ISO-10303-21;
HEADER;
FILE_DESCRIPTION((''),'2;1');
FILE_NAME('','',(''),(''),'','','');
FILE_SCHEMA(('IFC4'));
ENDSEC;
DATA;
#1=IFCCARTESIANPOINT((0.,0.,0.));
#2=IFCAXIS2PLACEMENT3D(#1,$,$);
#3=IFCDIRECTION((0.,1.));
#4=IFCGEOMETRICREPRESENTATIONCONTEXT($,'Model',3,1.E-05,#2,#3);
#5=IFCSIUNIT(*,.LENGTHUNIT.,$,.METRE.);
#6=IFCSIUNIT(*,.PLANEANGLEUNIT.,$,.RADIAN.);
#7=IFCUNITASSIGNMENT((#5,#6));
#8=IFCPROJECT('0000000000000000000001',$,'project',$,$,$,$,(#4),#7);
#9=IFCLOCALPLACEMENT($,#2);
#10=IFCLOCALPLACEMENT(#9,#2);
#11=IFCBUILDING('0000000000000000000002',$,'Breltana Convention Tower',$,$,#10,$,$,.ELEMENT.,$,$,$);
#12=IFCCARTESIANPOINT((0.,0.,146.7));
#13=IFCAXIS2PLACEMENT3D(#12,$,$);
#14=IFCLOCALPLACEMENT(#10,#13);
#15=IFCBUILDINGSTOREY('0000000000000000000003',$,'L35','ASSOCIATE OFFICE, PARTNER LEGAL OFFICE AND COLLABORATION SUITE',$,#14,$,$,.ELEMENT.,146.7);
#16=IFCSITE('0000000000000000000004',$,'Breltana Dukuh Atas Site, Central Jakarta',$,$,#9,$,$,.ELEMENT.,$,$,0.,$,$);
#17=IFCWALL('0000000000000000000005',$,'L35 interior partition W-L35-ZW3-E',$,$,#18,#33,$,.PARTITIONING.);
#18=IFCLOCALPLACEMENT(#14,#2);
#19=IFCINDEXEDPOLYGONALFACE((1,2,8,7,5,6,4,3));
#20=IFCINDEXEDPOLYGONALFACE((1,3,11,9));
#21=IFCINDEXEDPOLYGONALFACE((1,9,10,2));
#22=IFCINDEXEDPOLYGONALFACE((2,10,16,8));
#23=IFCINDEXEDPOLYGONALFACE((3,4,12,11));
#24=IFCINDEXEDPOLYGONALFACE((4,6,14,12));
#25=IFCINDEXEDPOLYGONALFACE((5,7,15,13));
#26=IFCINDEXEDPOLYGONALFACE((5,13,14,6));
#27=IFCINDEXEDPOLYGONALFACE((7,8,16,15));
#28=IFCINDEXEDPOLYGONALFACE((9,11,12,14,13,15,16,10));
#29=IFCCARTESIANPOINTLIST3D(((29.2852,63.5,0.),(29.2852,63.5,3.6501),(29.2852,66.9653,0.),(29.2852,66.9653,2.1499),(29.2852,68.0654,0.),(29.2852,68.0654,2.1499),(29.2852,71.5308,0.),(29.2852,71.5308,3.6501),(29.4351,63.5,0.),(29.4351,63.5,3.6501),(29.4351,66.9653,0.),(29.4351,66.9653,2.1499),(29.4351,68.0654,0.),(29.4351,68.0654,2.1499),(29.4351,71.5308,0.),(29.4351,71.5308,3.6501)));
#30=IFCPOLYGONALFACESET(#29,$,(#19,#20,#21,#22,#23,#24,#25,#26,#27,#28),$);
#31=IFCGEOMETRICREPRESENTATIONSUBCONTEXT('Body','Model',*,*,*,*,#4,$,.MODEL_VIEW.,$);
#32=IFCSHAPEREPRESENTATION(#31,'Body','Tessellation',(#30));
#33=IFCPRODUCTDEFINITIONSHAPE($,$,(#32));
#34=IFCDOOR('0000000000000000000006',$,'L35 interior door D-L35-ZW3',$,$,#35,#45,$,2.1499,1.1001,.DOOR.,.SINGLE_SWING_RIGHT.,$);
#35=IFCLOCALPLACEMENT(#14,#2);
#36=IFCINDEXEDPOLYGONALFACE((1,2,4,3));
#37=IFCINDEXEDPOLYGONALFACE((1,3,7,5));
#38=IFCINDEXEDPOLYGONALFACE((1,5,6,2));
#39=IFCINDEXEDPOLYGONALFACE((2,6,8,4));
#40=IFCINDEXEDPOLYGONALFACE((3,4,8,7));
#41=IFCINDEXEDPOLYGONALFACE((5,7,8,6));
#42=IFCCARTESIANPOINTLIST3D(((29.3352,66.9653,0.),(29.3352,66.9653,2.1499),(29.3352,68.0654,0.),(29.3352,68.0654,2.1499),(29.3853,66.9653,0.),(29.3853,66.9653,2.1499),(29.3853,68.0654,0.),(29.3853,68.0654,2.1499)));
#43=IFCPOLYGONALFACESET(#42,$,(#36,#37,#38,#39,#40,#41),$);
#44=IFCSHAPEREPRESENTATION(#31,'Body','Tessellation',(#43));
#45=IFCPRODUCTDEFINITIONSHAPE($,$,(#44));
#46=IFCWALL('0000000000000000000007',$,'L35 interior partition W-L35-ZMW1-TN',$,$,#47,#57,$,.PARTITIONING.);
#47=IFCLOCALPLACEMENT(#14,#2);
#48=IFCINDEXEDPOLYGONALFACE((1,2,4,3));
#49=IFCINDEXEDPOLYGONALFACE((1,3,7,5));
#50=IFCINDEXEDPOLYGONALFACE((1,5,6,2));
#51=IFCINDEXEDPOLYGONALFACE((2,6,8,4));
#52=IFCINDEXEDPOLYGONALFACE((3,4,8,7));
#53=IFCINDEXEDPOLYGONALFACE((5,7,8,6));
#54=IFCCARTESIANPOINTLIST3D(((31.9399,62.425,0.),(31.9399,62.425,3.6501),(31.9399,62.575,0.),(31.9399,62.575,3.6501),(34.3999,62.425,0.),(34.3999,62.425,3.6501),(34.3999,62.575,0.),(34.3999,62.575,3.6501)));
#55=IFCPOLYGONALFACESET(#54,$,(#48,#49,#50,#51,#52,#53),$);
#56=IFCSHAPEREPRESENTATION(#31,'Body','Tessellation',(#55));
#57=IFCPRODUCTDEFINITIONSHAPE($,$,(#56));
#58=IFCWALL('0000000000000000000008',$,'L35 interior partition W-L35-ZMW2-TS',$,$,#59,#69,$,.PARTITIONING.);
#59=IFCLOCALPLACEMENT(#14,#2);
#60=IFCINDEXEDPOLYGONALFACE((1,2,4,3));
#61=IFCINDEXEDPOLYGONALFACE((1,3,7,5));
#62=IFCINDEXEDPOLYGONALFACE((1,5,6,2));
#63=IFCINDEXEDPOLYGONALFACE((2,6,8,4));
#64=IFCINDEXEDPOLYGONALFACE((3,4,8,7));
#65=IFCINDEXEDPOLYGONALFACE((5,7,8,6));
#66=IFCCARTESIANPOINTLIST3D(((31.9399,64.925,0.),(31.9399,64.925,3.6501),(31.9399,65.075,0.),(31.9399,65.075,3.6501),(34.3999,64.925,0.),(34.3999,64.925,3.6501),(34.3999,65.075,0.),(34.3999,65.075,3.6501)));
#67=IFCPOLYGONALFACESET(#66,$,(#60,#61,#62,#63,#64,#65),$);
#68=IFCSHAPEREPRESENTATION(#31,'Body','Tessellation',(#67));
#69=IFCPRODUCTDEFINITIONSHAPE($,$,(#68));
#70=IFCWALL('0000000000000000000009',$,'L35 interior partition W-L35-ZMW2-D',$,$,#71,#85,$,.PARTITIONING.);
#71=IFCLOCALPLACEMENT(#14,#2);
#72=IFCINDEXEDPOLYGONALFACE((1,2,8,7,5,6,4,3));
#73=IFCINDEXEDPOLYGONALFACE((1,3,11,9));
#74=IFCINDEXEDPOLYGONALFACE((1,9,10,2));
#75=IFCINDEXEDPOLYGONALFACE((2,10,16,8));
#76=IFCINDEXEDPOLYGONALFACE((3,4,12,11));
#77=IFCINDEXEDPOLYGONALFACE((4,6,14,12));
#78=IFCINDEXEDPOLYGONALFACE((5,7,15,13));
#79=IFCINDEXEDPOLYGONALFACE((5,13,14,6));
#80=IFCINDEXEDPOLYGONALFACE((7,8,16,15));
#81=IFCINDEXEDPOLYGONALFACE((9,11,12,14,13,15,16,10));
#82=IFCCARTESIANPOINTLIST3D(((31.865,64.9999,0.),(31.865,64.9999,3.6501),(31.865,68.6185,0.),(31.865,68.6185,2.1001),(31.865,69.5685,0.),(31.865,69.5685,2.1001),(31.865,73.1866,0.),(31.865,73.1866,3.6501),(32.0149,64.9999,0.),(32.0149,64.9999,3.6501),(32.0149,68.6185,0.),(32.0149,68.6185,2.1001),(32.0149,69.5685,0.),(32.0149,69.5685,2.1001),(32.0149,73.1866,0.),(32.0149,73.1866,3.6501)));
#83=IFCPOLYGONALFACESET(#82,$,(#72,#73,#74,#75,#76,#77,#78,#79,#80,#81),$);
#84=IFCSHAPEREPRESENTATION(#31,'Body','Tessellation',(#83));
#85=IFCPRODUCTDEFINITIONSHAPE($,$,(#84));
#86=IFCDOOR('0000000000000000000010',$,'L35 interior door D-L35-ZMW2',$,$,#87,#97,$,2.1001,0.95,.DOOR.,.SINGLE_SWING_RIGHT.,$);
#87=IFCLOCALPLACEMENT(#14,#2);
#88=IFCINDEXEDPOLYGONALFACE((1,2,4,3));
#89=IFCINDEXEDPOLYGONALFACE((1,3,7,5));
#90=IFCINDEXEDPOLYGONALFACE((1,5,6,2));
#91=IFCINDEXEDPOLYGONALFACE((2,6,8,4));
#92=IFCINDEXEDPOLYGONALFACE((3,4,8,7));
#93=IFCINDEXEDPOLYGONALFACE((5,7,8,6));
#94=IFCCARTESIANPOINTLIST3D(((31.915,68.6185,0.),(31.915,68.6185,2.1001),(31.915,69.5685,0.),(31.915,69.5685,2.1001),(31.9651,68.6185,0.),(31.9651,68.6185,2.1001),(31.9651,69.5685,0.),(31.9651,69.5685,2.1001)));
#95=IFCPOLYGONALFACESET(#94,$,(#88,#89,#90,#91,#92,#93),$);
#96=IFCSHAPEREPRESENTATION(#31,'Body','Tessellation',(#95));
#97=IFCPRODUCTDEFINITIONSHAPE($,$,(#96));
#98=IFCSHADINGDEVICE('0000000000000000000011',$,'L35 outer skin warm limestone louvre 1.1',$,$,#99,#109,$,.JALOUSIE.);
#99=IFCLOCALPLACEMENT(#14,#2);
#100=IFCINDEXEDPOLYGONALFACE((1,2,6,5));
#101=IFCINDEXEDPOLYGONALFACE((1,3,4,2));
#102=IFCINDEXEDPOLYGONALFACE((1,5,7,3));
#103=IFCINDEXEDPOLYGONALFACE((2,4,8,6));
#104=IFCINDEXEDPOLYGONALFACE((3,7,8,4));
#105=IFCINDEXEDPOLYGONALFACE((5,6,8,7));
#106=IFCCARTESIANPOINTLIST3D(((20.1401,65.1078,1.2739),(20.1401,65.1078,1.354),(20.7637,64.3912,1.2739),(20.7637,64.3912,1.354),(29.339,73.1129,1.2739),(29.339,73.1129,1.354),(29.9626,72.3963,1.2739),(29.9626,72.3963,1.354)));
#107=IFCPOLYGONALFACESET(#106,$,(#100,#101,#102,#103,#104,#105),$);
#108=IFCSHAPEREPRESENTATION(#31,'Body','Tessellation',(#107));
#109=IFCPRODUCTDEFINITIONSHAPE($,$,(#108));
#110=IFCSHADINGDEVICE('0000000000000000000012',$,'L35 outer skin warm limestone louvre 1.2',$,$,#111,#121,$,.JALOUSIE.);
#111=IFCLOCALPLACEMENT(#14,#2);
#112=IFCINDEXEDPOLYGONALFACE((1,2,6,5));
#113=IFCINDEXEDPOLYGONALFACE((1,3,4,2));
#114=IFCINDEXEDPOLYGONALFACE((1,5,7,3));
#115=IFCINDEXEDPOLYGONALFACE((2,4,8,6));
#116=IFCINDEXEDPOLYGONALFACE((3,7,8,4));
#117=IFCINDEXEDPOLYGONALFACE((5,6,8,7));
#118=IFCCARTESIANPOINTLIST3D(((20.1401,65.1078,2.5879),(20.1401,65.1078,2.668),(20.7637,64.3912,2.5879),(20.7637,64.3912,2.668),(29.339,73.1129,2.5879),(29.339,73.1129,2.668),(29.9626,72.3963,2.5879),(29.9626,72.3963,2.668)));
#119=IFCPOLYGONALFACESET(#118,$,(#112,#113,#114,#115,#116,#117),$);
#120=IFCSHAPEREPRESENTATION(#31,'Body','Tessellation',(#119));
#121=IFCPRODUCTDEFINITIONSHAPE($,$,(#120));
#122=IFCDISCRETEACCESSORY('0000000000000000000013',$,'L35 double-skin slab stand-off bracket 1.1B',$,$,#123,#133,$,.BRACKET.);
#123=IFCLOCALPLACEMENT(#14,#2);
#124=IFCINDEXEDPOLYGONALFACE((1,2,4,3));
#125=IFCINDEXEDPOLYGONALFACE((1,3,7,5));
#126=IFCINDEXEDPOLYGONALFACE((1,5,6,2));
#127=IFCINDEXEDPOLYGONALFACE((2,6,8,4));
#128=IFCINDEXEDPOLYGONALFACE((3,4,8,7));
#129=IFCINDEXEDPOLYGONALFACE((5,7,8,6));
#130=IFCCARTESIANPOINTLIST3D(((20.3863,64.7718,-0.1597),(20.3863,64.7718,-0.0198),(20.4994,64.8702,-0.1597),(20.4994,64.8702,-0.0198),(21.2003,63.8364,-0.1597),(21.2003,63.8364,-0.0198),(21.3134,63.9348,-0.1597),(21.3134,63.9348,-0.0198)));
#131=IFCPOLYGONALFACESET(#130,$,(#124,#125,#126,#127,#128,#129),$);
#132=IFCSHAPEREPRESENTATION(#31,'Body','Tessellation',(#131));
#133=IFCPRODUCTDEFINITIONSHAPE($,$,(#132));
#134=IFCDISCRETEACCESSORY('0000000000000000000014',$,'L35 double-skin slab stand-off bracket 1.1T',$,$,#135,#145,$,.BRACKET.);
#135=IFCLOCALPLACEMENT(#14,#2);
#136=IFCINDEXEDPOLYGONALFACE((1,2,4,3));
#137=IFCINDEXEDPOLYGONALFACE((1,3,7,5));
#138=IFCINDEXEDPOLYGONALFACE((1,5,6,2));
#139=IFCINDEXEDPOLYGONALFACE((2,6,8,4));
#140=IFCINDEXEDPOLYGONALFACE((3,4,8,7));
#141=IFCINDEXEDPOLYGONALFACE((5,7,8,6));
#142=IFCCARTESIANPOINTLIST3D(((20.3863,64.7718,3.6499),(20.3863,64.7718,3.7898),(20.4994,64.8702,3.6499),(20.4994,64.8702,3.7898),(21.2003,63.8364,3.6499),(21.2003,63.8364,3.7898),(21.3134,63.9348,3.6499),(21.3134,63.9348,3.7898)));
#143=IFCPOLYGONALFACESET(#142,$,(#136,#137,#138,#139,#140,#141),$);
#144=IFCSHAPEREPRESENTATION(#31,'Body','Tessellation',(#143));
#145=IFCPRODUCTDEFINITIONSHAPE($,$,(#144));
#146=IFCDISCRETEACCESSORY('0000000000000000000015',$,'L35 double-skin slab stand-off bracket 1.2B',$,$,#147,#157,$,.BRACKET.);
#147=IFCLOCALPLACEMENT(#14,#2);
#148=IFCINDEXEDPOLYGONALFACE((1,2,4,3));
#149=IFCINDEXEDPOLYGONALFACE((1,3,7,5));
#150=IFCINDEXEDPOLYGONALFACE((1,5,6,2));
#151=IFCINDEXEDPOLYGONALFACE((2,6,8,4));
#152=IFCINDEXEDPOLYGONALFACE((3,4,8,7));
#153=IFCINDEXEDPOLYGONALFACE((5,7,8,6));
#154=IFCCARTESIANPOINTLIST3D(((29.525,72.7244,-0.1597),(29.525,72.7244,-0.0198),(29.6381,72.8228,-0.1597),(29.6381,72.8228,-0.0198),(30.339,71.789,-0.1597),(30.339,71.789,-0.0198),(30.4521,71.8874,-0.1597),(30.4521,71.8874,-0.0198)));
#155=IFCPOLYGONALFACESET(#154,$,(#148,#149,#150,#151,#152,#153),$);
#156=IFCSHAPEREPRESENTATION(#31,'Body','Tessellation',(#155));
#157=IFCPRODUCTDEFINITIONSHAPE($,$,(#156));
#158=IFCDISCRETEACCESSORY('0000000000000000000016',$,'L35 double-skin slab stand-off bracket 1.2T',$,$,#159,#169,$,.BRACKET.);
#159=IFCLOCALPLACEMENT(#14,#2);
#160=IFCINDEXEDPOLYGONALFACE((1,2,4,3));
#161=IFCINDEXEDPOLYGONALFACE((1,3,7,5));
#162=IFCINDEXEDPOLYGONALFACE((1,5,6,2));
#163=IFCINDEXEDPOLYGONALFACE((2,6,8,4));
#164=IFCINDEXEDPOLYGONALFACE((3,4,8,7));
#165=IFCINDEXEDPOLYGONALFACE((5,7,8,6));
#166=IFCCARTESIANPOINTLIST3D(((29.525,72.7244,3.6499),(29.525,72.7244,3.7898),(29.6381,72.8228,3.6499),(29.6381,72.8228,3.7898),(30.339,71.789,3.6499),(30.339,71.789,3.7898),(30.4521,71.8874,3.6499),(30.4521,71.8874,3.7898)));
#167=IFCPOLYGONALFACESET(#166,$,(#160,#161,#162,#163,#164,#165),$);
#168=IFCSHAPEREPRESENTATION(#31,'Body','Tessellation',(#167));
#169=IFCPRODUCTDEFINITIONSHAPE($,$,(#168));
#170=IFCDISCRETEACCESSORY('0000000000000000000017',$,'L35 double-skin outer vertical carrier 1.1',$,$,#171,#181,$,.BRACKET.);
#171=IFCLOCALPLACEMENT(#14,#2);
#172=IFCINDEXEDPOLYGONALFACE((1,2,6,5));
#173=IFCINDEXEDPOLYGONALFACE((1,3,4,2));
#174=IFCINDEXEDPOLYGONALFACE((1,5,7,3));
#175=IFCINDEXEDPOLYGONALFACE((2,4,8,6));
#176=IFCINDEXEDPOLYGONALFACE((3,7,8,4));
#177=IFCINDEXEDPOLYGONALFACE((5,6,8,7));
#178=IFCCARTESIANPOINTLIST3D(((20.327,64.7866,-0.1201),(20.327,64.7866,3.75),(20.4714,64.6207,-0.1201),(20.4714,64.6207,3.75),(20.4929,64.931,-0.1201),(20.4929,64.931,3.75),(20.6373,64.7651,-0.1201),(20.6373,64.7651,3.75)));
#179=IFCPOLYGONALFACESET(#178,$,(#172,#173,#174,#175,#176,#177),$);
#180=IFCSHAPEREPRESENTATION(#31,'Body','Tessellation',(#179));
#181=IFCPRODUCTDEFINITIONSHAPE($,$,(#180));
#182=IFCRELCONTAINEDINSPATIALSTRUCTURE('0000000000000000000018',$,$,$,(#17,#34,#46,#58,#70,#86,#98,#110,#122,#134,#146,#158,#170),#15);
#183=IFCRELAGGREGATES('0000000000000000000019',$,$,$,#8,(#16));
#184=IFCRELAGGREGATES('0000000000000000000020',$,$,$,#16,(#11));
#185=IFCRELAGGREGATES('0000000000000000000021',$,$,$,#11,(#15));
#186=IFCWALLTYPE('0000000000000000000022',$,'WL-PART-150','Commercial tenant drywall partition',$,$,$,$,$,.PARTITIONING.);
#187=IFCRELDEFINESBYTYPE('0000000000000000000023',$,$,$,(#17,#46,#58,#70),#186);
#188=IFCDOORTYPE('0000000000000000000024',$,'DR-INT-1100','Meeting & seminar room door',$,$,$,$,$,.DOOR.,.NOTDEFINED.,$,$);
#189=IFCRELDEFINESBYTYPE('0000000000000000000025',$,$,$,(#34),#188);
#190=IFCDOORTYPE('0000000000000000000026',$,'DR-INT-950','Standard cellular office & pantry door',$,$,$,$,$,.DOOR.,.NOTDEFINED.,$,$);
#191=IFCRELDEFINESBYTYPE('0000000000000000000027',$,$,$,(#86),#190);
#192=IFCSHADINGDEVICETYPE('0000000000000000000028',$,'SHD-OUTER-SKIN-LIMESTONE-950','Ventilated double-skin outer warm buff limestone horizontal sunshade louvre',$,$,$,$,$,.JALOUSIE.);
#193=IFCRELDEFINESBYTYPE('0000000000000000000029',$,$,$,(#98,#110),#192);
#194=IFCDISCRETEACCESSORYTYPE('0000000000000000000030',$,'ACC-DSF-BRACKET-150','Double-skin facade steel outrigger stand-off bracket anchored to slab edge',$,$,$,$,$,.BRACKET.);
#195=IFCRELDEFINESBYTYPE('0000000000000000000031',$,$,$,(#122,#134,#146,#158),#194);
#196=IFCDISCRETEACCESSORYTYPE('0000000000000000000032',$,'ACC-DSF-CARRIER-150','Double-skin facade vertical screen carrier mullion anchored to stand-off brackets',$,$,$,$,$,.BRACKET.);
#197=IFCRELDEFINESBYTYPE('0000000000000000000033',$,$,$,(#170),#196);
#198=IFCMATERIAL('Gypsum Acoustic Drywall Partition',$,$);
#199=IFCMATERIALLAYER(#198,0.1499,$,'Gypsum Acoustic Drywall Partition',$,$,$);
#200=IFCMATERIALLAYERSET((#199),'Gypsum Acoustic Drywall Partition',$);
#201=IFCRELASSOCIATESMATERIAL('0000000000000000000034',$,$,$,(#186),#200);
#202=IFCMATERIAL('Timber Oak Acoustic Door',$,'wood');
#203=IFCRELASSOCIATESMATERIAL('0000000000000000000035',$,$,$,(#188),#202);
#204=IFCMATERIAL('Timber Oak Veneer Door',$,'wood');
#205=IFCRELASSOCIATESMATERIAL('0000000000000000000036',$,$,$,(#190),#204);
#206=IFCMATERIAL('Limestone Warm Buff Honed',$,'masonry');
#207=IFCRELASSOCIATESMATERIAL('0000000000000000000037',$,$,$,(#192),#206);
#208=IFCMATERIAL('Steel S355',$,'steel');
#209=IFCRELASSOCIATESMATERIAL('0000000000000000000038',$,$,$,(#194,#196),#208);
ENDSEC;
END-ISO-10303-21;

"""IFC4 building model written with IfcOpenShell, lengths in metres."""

from ifc_helpers import new_model, si_unit, direction, frame, frame_2d, origin, origin_2d, place, context, subcontext, project, spatial, rectangle, extrude, source, transform, mapped, material, layer, layer_set, material_profile, profile_set, type_object, type_shapes, element, fill, save


model = new_model("IFC4")

# Units and contexts
model_context = context("Model", 3, precision=1e-05, world=origin(), true_north=direction((0.0, 1.0)))
body_context = subcontext(model_context, "Body", "Model", "MODEL_VIEW")
ifc_project = project(units=[si_unit("LENGTHUNIT", "METRE"), si_unit("PLANEANGLEUNIT", "RADIAN")], contexts=[model_context])

# Site, building, storey
site_placement = place(None, origin())
site = spatial("IfcSite", under=ifc_project, at=site_placement, Name="Breltana Dukuh Atas Site, Central Jakarta", CompositionType="ELEMENT", RefElevation=0.0)
building_placement = place(site_placement, origin())
building = spatial("IfcBuilding", under=site, at=building_placement, Name="Breltana Convention Tower", CompositionType="ELEMENT")
storey_placement = place(building_placement, frame((0.0, 0.0, 146.7)))
storey = spatial("IfcBuildingStorey", under=building, at=storey_placement, Name="L35", Description="ASSOCIATE OFFICE, PARTNER LEGAL OFFICE AND COLLABORATION SUITE", CompositionType="ELEMENT", Elevation=146.7)

# Shared definitions
ifc_material_1 = material(Name="Gypsum Acoustic Drywall Partition")
ifc_layer_1 = layer(ifc_material_1, 0.1499, Name="Gypsum Acoustic Drywall Partition")
ifc_layer_set_1 = layer_set([ifc_layer_1], Name="Gypsum Acoustic Drywall Partition")
wall_type_1 = type_object("IfcWallType", Name="WL-PART-150", Description="Commercial tenant drywall partition", PredefinedType="PARTITIONING", material=ifc_layer_set_1)

# Wall, opening, door
shared_shape_1 = source(origin(), body_context, "Body", "SweptSolid", [
    extrude(rectangle(XDim=8.0308, YDim=0.1499, at=frame_2d((4.0154, 0.0))), origin(), (0.0, 0.0, 1.0), 3.6501),
])
wall_1_placement = place(storey_placement, frame((29.3601, 63.5, 0.0), z_axis=(0.0, 0.0, 1.0), x_axis=(0.0, 1.0, 0.0)))
wall_1 = element("IfcWall", 1, at=wall_1_placement, inside=storey, type_object=wall_type_1, Name="L35 interior partition W-L35-ZW3-E", PredefinedType="PARTITIONING", context=body_context, shape_type="MappedRepresentation", body=[
    mapped(shared_shape_1, transform((0.0, 0.0, 0.0), scale=1.0)),
])
opening_1_placement = place(wall_1_placement, frame((3.4653, 0.0, 0.0)))
opening_1 = element("IfcOpeningElement", 2, at=opening_1_placement, cuts=wall_1, PredefinedType="OPENING", context=body_context, shape_type="SweptSolid", body=[
    extrude(rectangle(XDim=1.1001, YDim=2.1499, at=frame_2d((0.55, 1.075))), frame((0.0, 0.085, 0.0), z_axis=(0.0, -1.0, 0.0), x_axis=(1.0, 0.0, 0.0)), (0.0, 0.0, 1.0), 0.1699),
])
ifc_material_2 = material(Name="Timber Oak Acoustic Door", Category="wood")
door_type_1 = type_object("IfcDoorType", Name="DR-INT-1100", Description="Meeting & seminar room door", OperationType="NOTDEFINED", PredefinedType="DOOR", material=ifc_material_2)
shared_shape_2 = source(origin(), body_context, "Body", "SweptSolid", [
    extrude(rectangle(XDim=1.1001, YDim=2.1499, at=frame_2d((0.55, 1.075))), frame((0.0, 0.0249, 0.0), z_axis=(0.0, -1.0, 0.0), x_axis=(1.0, 0.0, 0.0)), (0.0, 0.0, 1.0), 0.05),
])
type_shapes(door_type_1, [shared_shape_2])
door_1_placement = place(opening_1_placement, origin())
door_1 = element("IfcDoor", 3, at=door_1_placement, inside=storey, type_object=door_type_1, Name="L35 interior door D-L35-ZW3", OperationType="SINGLE_SWING_RIGHT", OverallHeight=2.1499, OverallWidth=1.1001, PredefinedType="DOOR", context=body_context, shape_type="MappedRepresentation", body=[
    mapped(shared_shape_2, transform((0.0, 0.0, 0.0), scale=1.0)),
])
fill(opening_1, door_1)

# Walls
shared_shape_3 = source(origin(), body_context, "Body", "SweptSolid", [
    extrude(rectangle(XDim=2.46, YDim=0.1499, at=frame_2d((1.23, 0.0))), origin(), (0.0, 0.0, 1.0), 3.6501),
])
for number, where, z_axis, x_axis, name in (
    (4, (31.9399, 62.5, 0.0), (0.0, 0.0, 1.0), (1.0, 0.0, 0.0), "L35 interior partition W-L35-ZMW1-TN"),
    (5, (31.9399, 65.0, 0.0), (0.0, 0.0, 1.0), (1.0, 0.0, 0.0), "L35 interior partition W-L35-ZMW2-TS"),
):
    element("IfcWall", number, at=place(storey_placement, frame(where, z_axis=z_axis, x_axis=x_axis)), inside=storey, type_object=wall_type_1, Name=name, PredefinedType="PARTITIONING", context=body_context, shape_type="MappedRepresentation", body=[
        mapped(shared_shape_3, transform((0.0, 0.0, 0.0), scale=1.0)),
    ])

# Wall, opening, door
shared_shape_4 = source(origin(), body_context, "Body", "SweptSolid", [
    extrude(rectangle(XDim=8.1868, YDim=0.1499, at=frame_2d((4.0933, 0.0))), origin(), (0.0, 0.0, 1.0), 3.6501),
])
wall_2_placement = place(storey_placement, frame((31.9399, 65.0, 0.0), z_axis=(0.0, 0.0, 1.0), x_axis=(0.0, 1.0, 0.0)))
wall_2 = element("IfcWall", 6, at=wall_2_placement, inside=storey, type_object=wall_type_1, Name="L35 interior partition W-L35-ZMW2-D", PredefinedType="PARTITIONING", context=body_context, shape_type="MappedRepresentation", body=[
    mapped(shared_shape_4, transform((0.0, 0.0, 0.0), scale=1.0)),
])
opening_2_placement = place(wall_2_placement, frame((3.6184, 0.0, 0.0)))
opening_2 = element("IfcOpeningElement", 7, at=opening_2_placement, cuts=wall_2, PredefinedType="OPENING", context=body_context, shape_type="SweptSolid", body=[
    extrude(rectangle(XDim=0.95, YDim=2.1001, at=frame_2d((0.4751, 1.05))), frame((0.0, 0.085, 0.0), z_axis=(0.0, -1.0, 0.0), x_axis=(1.0, 0.0, 0.0)), (0.0, 0.0, 1.0), 0.1699),
])
ifc_material_3 = material(Name="Timber Oak Veneer Door", Category="wood")
door_type_2 = type_object("IfcDoorType", Name="DR-INT-950", Description="Standard cellular office & pantry door", OperationType="NOTDEFINED", PredefinedType="DOOR", material=ifc_material_3)
shared_shape_5 = source(origin(), body_context, "Body", "SweptSolid", [
    extrude(rectangle(XDim=0.95, YDim=2.1001, at=frame_2d((0.4751, 1.05))), frame((0.0, 0.0249, 0.0), z_axis=(0.0, -1.0, 0.0), x_axis=(1.0, 0.0, 0.0)), (0.0, 0.0, 1.0), 0.05),
])
type_shapes(door_type_2, [shared_shape_5])
door_2_placement = place(opening_2_placement, origin())
door_2 = element("IfcDoor", 8, at=door_2_placement, inside=storey, type_object=door_type_2, Name="L35 interior door D-L35-ZMW2", OperationType="SINGLE_SWING_RIGHT", OverallHeight=2.1001, OverallWidth=0.95, PredefinedType="DOOR", context=body_context, shape_type="MappedRepresentation", body=[
    mapped(shared_shape_5, transform((0.0, 0.0, 0.0), scale=1.0)),
])
fill(opening_2, door_2)

# Shading devices
ifc_material_4 = material(Name="Limestone Warm Buff Honed", Category="masonry")
ifc_material_profile_1 = material_profile(ifc_material_4, rectangle(XDim=0.95, YDim=0.0801, at=origin_2d()), Name="STN-LVR-950X80")
ifc_profile_set_1 = profile_set([ifc_material_profile_1], Name="Limestone Warm Buff Honed")
shading_device_type = type_object("IfcShadingDeviceType", Name="SHD-OUTER-SKIN-LIMESTONE-950", Description="Ventilated double-skin outer warm buff limestone horizontal sunshade louvre", PredefinedType="JALOUSIE", material=ifc_profile_set_1)
shared_shape_6 = source(origin(), body_context, "Body", "SweptSolid", [
    extrude(rectangle(XDim=0.95, YDim=0.0801, at=origin_2d()), origin(), (0.0, 0.0, 1.0), 12.1943),
])
type_shapes(shading_device_type, [shared_shape_6])
for number, where, z_axis, x_axis, name in (
    (9, (20.4519, 64.7495, 1.314), (0.754361, 0.65646, 0.0), (-0.65646, 0.754361, 0.0), "L35 outer skin warm limestone louvre 1.1"),
    (10, (20.4519, 64.7495, 2.6279), (0.754361, 0.65646, 0.0), (-0.65646, 0.754361, 0.0), "L35 outer skin warm limestone louvre 1.2"),
):
    element("IfcShadingDevice", number, at=place(storey_placement, frame(where, z_axis=z_axis, x_axis=x_axis)), inside=storey, type_object=shading_device_type, Name=name, PredefinedType="JALOUSIE", context=body_context, shape_type="MappedRepresentation", body=[
        mapped(shared_shape_6, transform((0.0, 0.0, 0.0), scale=1.0)),
    ])

# Discrete accessories
ifc_material_5 = material(Name="Steel S355", Category="steel")
discrete_accessory_type_1 = type_object("IfcDiscreteAccessoryType", Name="ACC-DSF-BRACKET-150", Description="Double-skin facade steel outrigger stand-off bracket anchored to slab edge", PredefinedType="BRACKET", material=ifc_material_5)
shared_shape_7 = source(origin(), body_context, "Body", "SweptSolid", [
    extrude(rectangle(XDim=1.24, YDim=0.1499, at=origin_2d()), origin(), (0.0, 0.0, 1.0), 0.1399),
])
type_shapes(discrete_accessory_type_1, [shared_shape_7])
for number, where, z_axis, x_axis, name in (
    (11, (20.8499, 64.3533, -0.1597), (0.0, 0.0, 1.0), (-0.656456, 0.754365, 0.0), "L35 double-skin slab stand-off bracket 1.1B"),
    (12, (20.8499, 64.3533, 3.6499), (0.0, 0.0, 1.0), (-0.656456, 0.754365, 0.0), "L35 double-skin slab stand-off bracket 1.1T"),
    (13, (29.9885, 72.3059, -0.1597), (0.0, 0.0, 1.0), (-0.656456, 0.754365, 0.0), "L35 double-skin slab stand-off bracket 1.2B"),
    (14, (29.9885, 72.3059, 3.6499), (0.0, 0.0, 1.0), (-0.656456, 0.754365, 0.0), "L35 double-skin slab stand-off bracket 1.2T"),
):
    element("IfcDiscreteAccessory", number, at=place(storey_placement, frame(where, z_axis=z_axis, x_axis=x_axis)), inside=storey, type_object=discrete_accessory_type_1, Name=name, PredefinedType="BRACKET", context=body_context, shape_type="MappedRepresentation", body=[
        mapped(shared_shape_7, transform((0.0, 0.0, 0.0), scale=1.0)),
    ])
discrete_accessory_type_2 = type_object("IfcDiscreteAccessoryType", Name="ACC-DSF-CARRIER-150", Description="Double-skin facade vertical screen carrier mullion anchored to stand-off brackets", PredefinedType="BRACKET", material=ifc_material_5)
shared_shape_8 = source(origin(), body_context, "Body", "SweptSolid", [
    extrude(rectangle(XDim=0.22, YDim=0.22, at=origin_2d()), origin(), (0.0, 0.0, 1.0), 3.8701),
])
for number, where, z_axis, x_axis, name in (
    (15, (20.4822, 64.7759, -0.1201), (0.0, 0.0, 1.0), (-0.656456, 0.754365, 0.0), "L35 double-skin outer vertical carrier 1.1"),
):
    element("IfcDiscreteAccessory", number, at=place(storey_placement, frame(where, z_axis=z_axis, x_axis=x_axis)), inside=storey, type_object=discrete_accessory_type_2, Name=name, PredefinedType="BRACKET", context=body_context, shape_type="MappedRepresentation", body=[
        mapped(shared_shape_8, transform((0.0, 0.0, 0.0), scale=1.0)),
    ])

save(model, "model.ifc")
